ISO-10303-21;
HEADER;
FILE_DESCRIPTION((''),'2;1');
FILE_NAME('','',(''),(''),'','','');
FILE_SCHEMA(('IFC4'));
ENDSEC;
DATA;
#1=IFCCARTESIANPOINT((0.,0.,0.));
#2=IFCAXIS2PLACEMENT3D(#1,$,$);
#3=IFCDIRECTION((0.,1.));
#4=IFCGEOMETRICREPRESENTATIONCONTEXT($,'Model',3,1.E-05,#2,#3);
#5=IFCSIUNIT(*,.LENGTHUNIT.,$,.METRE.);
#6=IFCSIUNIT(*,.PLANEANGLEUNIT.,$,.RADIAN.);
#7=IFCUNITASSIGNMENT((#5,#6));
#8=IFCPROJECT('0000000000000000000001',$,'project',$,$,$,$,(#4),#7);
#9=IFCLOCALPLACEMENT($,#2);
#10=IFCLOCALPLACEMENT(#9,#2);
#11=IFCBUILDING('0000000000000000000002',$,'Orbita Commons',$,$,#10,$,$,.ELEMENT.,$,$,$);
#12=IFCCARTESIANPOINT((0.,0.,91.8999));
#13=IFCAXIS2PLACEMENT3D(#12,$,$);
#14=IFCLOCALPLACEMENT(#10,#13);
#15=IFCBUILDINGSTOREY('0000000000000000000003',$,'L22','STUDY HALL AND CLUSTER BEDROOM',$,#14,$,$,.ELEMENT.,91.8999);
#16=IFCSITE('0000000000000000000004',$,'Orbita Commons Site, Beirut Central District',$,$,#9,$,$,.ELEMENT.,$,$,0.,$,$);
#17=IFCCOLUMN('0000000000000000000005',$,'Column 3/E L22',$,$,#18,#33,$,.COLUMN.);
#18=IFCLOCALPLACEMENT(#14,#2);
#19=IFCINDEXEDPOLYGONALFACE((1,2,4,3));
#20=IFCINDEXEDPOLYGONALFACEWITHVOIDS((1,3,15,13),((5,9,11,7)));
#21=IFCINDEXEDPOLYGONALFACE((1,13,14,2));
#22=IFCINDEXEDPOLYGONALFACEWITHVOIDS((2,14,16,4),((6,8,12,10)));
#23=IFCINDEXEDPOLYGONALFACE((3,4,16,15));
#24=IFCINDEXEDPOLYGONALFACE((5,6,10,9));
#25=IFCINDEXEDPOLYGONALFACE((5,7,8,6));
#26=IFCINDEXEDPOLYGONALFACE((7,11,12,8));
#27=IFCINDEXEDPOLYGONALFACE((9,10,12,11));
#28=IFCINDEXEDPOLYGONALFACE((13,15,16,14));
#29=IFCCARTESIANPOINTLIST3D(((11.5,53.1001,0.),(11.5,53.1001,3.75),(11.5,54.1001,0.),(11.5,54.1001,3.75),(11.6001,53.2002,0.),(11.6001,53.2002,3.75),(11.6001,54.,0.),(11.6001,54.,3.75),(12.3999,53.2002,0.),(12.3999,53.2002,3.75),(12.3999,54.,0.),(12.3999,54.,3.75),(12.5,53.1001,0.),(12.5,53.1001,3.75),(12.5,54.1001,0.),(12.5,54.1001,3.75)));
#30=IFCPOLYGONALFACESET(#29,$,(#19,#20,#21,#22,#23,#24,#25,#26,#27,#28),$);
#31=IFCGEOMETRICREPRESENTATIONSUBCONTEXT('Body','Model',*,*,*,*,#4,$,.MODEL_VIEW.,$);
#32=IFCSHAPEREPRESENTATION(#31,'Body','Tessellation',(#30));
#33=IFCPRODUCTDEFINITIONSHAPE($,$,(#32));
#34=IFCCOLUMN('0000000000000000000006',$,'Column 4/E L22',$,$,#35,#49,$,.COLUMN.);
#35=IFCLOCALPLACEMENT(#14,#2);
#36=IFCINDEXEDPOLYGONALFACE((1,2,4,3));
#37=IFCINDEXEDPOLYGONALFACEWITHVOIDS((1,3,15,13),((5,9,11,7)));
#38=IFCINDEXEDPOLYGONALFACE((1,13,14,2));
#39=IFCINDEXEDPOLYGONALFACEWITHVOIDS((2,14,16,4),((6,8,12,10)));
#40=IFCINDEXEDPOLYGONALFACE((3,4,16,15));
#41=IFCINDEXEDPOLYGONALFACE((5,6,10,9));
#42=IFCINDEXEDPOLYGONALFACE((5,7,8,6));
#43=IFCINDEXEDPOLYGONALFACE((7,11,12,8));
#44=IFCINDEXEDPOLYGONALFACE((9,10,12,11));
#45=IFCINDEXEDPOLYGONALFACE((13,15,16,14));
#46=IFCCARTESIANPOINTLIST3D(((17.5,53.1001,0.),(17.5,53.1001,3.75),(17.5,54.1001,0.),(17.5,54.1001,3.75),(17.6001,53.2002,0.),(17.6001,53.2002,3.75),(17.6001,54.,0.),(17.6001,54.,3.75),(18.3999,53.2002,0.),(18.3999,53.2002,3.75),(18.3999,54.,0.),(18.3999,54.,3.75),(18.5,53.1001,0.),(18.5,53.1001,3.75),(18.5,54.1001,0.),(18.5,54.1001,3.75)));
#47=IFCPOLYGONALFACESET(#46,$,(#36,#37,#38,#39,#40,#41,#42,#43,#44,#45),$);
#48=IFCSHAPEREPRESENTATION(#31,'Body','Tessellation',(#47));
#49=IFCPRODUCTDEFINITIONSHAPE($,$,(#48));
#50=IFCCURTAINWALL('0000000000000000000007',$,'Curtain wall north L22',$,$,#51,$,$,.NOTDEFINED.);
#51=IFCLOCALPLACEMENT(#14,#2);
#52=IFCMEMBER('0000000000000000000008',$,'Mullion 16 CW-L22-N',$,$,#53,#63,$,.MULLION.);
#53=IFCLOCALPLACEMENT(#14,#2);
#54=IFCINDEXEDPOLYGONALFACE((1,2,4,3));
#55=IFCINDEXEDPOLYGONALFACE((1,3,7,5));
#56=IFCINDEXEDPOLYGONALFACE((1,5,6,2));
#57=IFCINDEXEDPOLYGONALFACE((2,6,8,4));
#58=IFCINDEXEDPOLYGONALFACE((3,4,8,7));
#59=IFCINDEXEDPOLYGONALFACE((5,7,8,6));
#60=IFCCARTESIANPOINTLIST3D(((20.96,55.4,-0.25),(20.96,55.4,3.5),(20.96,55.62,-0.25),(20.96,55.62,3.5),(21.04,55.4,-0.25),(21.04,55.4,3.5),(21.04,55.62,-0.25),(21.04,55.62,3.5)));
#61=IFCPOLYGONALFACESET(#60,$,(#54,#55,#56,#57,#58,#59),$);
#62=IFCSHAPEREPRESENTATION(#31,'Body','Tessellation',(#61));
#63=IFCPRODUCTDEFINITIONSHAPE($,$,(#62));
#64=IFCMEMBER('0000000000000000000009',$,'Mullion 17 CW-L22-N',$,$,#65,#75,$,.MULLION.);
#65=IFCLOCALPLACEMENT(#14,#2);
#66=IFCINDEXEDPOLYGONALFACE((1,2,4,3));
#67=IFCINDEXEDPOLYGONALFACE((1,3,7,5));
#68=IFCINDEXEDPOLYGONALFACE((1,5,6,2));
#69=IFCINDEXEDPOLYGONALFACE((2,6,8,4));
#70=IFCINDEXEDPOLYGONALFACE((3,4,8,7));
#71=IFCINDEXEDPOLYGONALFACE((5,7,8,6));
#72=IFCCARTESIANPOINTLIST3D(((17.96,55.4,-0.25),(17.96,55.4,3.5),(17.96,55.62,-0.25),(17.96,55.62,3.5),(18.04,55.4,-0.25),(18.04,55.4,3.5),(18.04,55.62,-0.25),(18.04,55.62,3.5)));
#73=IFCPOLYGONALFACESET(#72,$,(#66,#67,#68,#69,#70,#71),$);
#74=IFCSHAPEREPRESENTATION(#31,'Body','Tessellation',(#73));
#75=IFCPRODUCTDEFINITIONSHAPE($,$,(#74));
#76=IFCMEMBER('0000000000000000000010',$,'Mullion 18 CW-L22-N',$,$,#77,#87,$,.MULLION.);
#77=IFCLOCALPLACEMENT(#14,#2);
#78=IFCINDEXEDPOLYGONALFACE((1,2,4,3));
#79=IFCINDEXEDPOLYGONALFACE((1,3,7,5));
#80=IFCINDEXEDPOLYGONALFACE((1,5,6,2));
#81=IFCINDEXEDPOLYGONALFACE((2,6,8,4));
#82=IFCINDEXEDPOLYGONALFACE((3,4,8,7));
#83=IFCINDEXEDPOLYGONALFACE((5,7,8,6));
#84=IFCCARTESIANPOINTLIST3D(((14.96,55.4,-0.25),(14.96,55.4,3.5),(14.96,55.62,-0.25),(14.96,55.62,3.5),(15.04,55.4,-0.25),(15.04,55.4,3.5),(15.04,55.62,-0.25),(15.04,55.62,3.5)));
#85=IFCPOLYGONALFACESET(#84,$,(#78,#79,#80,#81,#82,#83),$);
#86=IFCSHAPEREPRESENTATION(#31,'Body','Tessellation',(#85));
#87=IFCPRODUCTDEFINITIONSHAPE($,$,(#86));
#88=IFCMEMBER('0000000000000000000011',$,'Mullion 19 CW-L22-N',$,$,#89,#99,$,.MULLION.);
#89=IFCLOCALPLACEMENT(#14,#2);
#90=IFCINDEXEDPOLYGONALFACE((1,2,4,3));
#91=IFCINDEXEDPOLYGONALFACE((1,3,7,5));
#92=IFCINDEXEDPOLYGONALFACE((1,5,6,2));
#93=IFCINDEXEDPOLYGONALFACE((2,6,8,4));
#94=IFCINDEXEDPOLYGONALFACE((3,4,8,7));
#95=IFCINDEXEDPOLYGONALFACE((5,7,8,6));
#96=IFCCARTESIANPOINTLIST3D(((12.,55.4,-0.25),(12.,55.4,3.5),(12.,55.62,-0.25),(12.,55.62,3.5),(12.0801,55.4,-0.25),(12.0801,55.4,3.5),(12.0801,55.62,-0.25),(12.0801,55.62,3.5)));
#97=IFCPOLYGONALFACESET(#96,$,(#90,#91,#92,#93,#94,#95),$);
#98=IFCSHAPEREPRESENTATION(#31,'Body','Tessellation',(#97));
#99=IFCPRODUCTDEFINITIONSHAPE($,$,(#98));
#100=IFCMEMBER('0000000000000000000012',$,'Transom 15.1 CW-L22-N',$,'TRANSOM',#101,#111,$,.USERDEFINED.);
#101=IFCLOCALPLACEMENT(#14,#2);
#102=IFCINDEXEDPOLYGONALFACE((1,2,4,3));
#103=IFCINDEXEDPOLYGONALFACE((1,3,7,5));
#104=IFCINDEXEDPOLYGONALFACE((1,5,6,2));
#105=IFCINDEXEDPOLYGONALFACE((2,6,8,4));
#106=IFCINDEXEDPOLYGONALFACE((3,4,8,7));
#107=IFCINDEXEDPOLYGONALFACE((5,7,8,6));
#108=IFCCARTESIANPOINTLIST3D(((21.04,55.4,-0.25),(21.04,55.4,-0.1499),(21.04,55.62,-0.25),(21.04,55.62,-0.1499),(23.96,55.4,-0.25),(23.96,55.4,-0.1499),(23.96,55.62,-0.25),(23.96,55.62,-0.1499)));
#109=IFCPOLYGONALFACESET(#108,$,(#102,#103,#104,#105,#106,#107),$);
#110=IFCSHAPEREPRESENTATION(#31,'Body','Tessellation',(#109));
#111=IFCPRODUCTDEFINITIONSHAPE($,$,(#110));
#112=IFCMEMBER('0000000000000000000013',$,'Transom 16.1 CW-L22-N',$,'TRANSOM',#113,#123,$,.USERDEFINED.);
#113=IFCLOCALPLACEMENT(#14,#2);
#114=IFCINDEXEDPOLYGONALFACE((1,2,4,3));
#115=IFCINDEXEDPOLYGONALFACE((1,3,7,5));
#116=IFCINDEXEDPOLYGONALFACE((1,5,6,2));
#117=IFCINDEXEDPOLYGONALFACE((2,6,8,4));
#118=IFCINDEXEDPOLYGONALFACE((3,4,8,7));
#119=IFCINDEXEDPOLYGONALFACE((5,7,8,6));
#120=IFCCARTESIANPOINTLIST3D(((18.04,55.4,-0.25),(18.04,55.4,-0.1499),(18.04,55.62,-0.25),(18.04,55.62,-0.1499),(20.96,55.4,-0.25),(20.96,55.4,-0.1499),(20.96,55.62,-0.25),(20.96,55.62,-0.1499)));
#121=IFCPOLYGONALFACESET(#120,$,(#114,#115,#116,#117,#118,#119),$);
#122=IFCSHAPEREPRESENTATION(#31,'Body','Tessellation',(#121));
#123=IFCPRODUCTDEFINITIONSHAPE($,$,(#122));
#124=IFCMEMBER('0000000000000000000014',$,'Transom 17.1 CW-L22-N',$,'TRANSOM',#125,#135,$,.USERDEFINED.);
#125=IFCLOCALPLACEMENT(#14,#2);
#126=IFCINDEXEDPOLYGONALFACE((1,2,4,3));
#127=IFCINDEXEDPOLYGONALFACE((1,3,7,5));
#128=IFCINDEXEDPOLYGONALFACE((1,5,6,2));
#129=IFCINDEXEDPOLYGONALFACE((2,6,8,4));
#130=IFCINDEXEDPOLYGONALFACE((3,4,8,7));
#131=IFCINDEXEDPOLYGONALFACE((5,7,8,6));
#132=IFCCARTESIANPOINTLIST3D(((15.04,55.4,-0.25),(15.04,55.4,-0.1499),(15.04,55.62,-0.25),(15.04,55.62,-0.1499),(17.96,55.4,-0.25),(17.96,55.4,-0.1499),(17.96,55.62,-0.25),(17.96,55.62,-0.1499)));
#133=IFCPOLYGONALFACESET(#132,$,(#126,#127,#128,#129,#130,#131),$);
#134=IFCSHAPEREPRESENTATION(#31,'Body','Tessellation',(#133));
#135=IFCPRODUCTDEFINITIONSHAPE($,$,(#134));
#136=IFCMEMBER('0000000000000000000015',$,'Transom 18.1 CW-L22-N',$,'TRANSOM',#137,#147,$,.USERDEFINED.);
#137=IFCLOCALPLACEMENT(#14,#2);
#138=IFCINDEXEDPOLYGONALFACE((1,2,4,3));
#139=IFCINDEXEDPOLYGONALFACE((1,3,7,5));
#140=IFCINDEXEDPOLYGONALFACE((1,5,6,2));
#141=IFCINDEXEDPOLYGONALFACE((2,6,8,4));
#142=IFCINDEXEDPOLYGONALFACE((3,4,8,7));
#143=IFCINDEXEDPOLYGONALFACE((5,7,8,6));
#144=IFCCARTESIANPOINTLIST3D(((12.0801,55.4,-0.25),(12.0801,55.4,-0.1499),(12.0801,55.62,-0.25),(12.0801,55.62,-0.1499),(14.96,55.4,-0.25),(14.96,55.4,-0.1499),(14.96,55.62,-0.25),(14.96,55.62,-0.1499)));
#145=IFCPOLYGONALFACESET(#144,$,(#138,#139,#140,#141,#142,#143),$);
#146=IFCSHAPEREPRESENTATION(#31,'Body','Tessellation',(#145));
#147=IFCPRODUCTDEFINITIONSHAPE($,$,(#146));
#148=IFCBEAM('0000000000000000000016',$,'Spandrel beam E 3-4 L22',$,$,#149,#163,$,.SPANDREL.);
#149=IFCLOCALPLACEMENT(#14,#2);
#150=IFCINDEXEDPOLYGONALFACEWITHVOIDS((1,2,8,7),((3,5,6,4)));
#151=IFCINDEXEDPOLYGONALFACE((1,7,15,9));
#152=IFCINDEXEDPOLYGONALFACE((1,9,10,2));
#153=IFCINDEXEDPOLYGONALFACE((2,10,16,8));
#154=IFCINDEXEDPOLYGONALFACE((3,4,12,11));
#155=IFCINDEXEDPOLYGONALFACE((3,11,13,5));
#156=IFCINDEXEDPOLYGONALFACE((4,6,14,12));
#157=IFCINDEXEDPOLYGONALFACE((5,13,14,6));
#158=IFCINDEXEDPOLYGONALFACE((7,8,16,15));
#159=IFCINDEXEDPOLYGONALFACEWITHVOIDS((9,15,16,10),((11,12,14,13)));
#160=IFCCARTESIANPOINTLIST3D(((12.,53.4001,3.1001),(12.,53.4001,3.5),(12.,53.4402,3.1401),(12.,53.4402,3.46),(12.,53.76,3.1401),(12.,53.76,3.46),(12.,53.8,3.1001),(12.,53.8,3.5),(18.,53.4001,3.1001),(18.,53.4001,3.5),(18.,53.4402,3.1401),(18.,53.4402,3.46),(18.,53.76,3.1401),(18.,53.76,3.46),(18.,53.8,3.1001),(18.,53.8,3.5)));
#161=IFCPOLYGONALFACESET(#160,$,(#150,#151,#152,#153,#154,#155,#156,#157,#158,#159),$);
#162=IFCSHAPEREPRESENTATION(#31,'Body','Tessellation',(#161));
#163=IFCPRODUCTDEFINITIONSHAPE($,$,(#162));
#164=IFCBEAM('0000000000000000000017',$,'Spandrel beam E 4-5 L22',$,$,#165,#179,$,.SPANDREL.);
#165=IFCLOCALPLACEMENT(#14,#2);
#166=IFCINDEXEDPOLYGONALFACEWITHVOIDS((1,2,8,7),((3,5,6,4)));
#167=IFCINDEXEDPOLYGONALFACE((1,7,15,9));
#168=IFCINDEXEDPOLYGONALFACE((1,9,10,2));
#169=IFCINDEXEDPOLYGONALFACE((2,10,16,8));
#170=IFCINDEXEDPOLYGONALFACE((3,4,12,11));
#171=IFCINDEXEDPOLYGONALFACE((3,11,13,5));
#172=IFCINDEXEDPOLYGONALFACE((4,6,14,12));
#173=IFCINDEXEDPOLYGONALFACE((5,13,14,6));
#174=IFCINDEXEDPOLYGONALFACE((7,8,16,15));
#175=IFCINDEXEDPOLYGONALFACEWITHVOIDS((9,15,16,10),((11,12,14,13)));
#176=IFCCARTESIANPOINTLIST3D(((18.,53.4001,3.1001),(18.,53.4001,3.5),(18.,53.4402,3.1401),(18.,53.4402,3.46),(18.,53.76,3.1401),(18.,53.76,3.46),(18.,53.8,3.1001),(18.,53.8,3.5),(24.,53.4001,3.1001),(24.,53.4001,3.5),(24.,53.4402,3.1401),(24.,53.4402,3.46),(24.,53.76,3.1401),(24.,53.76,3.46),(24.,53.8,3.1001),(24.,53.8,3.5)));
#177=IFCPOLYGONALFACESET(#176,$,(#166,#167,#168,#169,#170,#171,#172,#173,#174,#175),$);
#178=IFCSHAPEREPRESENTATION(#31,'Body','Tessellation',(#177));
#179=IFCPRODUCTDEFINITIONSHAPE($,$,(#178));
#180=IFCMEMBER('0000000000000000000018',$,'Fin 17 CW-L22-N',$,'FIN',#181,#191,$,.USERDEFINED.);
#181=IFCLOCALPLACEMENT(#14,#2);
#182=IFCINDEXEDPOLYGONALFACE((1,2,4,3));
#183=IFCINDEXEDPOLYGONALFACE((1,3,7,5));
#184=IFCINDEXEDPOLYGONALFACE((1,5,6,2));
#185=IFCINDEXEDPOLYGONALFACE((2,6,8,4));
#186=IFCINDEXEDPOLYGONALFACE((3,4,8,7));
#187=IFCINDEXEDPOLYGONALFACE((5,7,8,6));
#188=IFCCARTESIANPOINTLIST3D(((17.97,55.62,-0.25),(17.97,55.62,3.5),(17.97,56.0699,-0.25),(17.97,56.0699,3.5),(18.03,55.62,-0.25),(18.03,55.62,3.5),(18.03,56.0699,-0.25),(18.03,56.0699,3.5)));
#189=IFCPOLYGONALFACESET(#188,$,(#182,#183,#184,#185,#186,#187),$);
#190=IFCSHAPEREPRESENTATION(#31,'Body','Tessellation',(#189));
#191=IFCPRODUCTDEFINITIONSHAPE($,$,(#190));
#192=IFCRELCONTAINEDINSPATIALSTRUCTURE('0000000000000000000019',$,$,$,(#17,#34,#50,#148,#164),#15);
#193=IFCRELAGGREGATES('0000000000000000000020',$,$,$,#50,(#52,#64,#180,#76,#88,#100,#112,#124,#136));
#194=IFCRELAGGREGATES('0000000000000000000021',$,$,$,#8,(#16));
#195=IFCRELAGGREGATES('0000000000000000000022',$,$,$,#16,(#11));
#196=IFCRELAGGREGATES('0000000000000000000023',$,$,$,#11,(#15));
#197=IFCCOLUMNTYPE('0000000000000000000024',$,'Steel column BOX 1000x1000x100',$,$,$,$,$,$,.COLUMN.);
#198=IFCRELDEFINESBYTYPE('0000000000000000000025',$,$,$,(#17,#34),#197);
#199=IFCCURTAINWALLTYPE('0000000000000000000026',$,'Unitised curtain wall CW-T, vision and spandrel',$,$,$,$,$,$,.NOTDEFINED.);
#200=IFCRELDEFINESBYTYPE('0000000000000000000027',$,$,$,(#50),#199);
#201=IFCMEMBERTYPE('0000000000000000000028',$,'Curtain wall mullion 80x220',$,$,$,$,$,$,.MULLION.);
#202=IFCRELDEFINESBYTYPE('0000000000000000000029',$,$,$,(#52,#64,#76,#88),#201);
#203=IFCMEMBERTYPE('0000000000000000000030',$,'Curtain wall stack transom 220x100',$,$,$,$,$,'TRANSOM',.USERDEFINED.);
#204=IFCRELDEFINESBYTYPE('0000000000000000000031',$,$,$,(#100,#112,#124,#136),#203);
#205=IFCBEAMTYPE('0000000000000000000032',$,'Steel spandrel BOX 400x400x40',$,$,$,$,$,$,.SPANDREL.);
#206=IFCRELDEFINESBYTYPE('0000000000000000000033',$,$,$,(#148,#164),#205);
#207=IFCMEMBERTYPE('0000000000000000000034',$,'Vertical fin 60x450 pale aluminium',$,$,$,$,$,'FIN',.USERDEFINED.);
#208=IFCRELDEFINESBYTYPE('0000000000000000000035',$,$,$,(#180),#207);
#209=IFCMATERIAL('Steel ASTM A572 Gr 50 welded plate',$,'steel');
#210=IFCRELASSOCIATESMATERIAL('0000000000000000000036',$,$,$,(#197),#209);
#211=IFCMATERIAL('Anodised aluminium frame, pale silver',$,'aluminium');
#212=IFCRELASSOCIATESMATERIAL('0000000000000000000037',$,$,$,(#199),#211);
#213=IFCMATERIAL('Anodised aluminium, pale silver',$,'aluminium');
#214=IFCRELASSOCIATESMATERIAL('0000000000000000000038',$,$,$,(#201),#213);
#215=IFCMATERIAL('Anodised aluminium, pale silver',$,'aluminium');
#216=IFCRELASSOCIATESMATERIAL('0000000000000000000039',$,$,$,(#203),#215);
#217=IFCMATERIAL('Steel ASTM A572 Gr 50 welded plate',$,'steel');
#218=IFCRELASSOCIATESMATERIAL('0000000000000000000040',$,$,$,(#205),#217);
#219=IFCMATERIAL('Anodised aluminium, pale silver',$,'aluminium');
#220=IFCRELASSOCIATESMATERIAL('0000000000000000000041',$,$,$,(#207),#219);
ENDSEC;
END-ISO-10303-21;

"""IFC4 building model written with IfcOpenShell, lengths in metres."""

from ifc_helpers import new_model, si_unit, direction, frame, origin, origin_2d, place, context, subcontext, project, spatial, rectangle, hollow_rectangle, extrude, material, material_profile, profile_set, type_object, element, aggregate, save


model = new_model("IFC4")

# Units and contexts
model_context = context("Model", 3, precision=1e-05, world=origin(), true_north=direction((0.0, 1.0)))
body_context = subcontext(model_context, "Body", "Model", "MODEL_VIEW")
ifc_project = project(units=[si_unit("LENGTHUNIT", "METRE"), si_unit("PLANEANGLEUNIT", "RADIAN")], contexts=[model_context])

# Site, building, storey
site_placement = place(None, origin())
site = spatial("IfcSite", under=ifc_project, at=site_placement, Name="Orbita Commons Site, Beirut Central District", CompositionType="ELEMENT", RefElevation=0.0)
building_placement = place(site_placement, origin())
building = spatial("IfcBuilding", under=site, at=building_placement, Name="Orbita Commons", CompositionType="ELEMENT")
storey_placement = place(building_placement, frame((0.0, 0.0, 91.8999)))
storey = spatial("IfcBuildingStorey", under=building, at=storey_placement, Name="L22", Description="STUDY HALL AND CLUSTER BEDROOM", CompositionType="ELEMENT", Elevation=91.8999)

# Columns
ifc_material_1 = material(Name="Steel ASTM A572 Gr 50 welded plate", Category="steel")
ifc_material_profile_1 = material_profile(ifc_material_1, hollow_rectangle(XDim=1.0, YDim=1.0, WallThickness=0.1001, at=origin_2d()), Name="BOX 1000x1000x100")
ifc_profile_set_1 = profile_set([ifc_material_profile_1], Name="Steel ASTM A572 Gr 50 welded plate")
column_type = type_object("IfcColumnType", Name="Steel column BOX 1000x1000x100", PredefinedType="COLUMN", material=ifc_profile_set_1)
for number, where, z_axis, x_axis, name in (
    (1, (12.0, 53.6001, 0.0), (0.0, 0.0, 1.0), (1.0, 0.0, 0.0), "Column 3/E L22"),
    (2, (18.0, 53.6001, 0.0), (0.0, 0.0, 1.0), (1.0, 0.0, 0.0), "Column 4/E L22"),
):
    element("IfcColumn", number, at=place(storey_placement, frame(where, z_axis=z_axis, x_axis=x_axis)), inside=storey, type_object=column_type, Name=name, PredefinedType="COLUMN", context=body_context, shape_type="SweptSolid", body=[
        extrude(hollow_rectangle(XDim=1.0, YDim=1.0, WallThickness=0.1001, at=origin_2d()), origin(), (0.0, 0.0, 1.0), 3.75),
    ])

# Curtain wall, members
ifc_material_2 = material(Name="Anodised aluminium frame, pale silver", Category="aluminium")
curtain_wall_type = type_object("IfcCurtainWallType", Name="Unitised curtain wall CW-T, vision and spandrel", PredefinedType="NOTDEFINED", material=ifc_material_2)
curtain_wall_placement = place(storey_placement, origin())
curtain_wall = element("IfcCurtainWall", 3, at=curtain_wall_placement, inside=storey, type_object=curtain_wall_type, Name="Curtain wall north L22", PredefinedType="NOTDEFINED")
ifc_material_3 = material(Name="Anodised aluminium, pale silver", Category="aluminium")
ifc_material_profile_2 = material_profile(ifc_material_3, rectangle(XDim=0.0801, YDim=0.22, at=origin_2d()), Name="AL 80x220")
ifc_profile_set_2 = profile_set([ifc_material_profile_2], Name="Anodised aluminium, pale silver")
member_type_1 = type_object("IfcMemberType", Name="Curtain wall mullion 80x220", PredefinedType="MULLION", material=ifc_profile_set_2)
member_1_placement = place(storey_placement, frame((21.0, 55.51, -0.25), z_axis=(0.0, 0.0, 1.0), x_axis=(-1.0, 0.0, 0.0)))
member_1 = element("IfcMember", 4, at=member_1_placement, type_object=member_type_1, Name="Mullion 16 CW-L22-N", PredefinedType="MULLION", context=body_context, shape_type="SweptSolid", body=[
    extrude(rectangle(XDim=0.0801, YDim=0.22, at=origin_2d()), origin(), (0.0, 0.0, 1.0), 3.75),
])
member_2_placement = place(storey_placement, frame((18.0, 55.51, -0.25), z_axis=(0.0, 0.0, 1.0), x_axis=(-1.0, 0.0, 0.0)))
member_2 = element("IfcMember", 5, at=member_2_placement, type_object=member_type_1, Name="Mullion 17 CW-L22-N", PredefinedType="MULLION", context=body_context, shape_type="SweptSolid", body=[
    extrude(rectangle(XDim=0.0801, YDim=0.22, at=origin_2d()), origin(), (0.0, 0.0, 1.0), 3.75),
])
member_3_placement = place(storey_placement, frame((15.0, 55.51, -0.25), z_axis=(0.0, 0.0, 1.0), x_axis=(-1.0, 0.0, 0.0)))
member_3 = element("IfcMember", 6, at=member_3_placement, type_object=member_type_1, Name="Mullion 18 CW-L22-N", PredefinedType="MULLION", context=body_context, shape_type="SweptSolid", body=[
    extrude(rectangle(XDim=0.0801, YDim=0.22, at=origin_2d()), origin(), (0.0, 0.0, 1.0), 3.75),
])
member_4_placement = place(storey_placement, frame((12.04, 55.51, -0.25), z_axis=(0.0, 0.0, 1.0), x_axis=(-1.0, 0.0, 0.0)))
member_4 = element("IfcMember", 7, at=member_4_placement, type_object=member_type_1, Name="Mullion 19 CW-L22-N", PredefinedType="MULLION", context=body_context, shape_type="SweptSolid", body=[
    extrude(rectangle(XDim=0.0801, YDim=0.22, at=origin_2d()), origin(), (0.0, 0.0, 1.0), 3.75),
])
ifc_material_4 = material(Name="Anodised aluminium, pale silver", Category="aluminium")
ifc_material_profile_3 = material_profile(ifc_material_4, rectangle(XDim=0.22, YDim=0.1001, at=origin_2d()), Name="AL 220x100")
ifc_profile_set_3 = profile_set([ifc_material_profile_3], Name="Anodised aluminium, pale silver")
member_type_2 = type_object("IfcMemberType", Name="Curtain wall stack transom 220x100", ElementType="TRANSOM", PredefinedType="USERDEFINED", material=ifc_profile_set_3)
member_5_placement = place(storey_placement, frame((23.96, 55.51, -0.2), z_axis=(-1.0, 0.0, 0.0), x_axis=(0.0, -1.0, 0.0)))
member_5 = element("IfcMember", 8, at=member_5_placement, type_object=member_type_2, Name="Transom 15.1 CW-L22-N", ObjectType="TRANSOM", PredefinedType="USERDEFINED", context=body_context, shape_type="SweptSolid", body=[
    extrude(rectangle(XDim=0.22, YDim=0.1001, at=origin_2d()), origin(), (0.0, 0.0, 1.0), 2.9199),
])
member_6_placement = place(storey_placement, frame((20.96, 55.51, -0.2), z_axis=(-1.0, 0.0, 0.0), x_axis=(0.0, -1.0, 0.0)))
member_6 = element("IfcMember", 9, at=member_6_placement, type_object=member_type_2, Name="Transom 16.1 CW-L22-N", ObjectType="TRANSOM", PredefinedType="USERDEFINED", context=body_context, shape_type="SweptSolid", body=[
    extrude(rectangle(XDim=0.22, YDim=0.1001, at=origin_2d()), origin(), (0.0, 0.0, 1.0), 2.9199),
])
member_7_placement = place(storey_placement, frame((17.96, 55.51, -0.2), z_axis=(-1.0, 0.0, 0.0), x_axis=(0.0, -1.0, 0.0)))
member_7 = element("IfcMember", 10, at=member_7_placement, type_object=member_type_2, Name="Transom 17.1 CW-L22-N", ObjectType="TRANSOM", PredefinedType="USERDEFINED", context=body_context, shape_type="SweptSolid", body=[
    extrude(rectangle(XDim=0.22, YDim=0.1001, at=origin_2d()), origin(), (0.0, 0.0, 1.0), 2.9199),
])
member_8_placement = place(storey_placement, frame((14.96, 55.51, -0.2), z_axis=(-1.0, 0.0, 0.0), x_axis=(0.0, -1.0, 0.0)))
member_8 = element("IfcMember", 11, at=member_8_placement, type_object=member_type_2, Name="Transom 18.1 CW-L22-N", ObjectType="TRANSOM", PredefinedType="USERDEFINED", context=body_context, shape_type="SweptSolid", body=[
    extrude(rectangle(XDim=0.22, YDim=0.1001, at=origin_2d()), origin(), (0.0, 0.0, 1.0), 2.8799),
])

# Beams
ifc_material_5 = material(Name="Steel ASTM A572 Gr 50 welded plate", Category="steel")
ifc_material_profile_4 = material_profile(ifc_material_5, hollow_rectangle(XDim=0.3999, YDim=0.3999, WallThickness=0.04, at=origin_2d()), Name="BOX 400x400x40")
ifc_profile_set_4 = profile_set([ifc_material_profile_4], Name="Steel ASTM A572 Gr 50 welded plate")
beam_type = type_object("IfcBeamType", Name="Steel spandrel BOX 400x400x40", PredefinedType="SPANDREL", material=ifc_profile_set_4)
for number, where, z_axis, x_axis, name in (
    (12, (12.0, 53.6001, 3.3), (1.0, 0.0, 0.0), (0.0, 1.0, 0.0), "Spandrel beam E 3-4 L22"),
    (13, (18.0, 53.6001, 3.3), (1.0, 0.0, 0.0), (0.0, 1.0, 0.0), "Spandrel beam E 4-5 L22"),
):
    element("IfcBeam", number, at=place(storey_placement, frame(where, z_axis=z_axis, x_axis=x_axis)), inside=storey, type_object=beam_type, Name=name, PredefinedType="SPANDREL", context=body_context, shape_type="SweptSolid", body=[
        extrude(hollow_rectangle(XDim=0.3999, YDim=0.3999, WallThickness=0.04, at=origin_2d()), origin(), (0.0, 0.0, 1.0), 6.0),
    ])

# Member
ifc_material_6 = material(Name="Anodised aluminium, pale silver", Category="aluminium")
ifc_material_profile_5 = material_profile(ifc_material_6, rectangle(XDim=0.0601, YDim=0.45, at=origin_2d()), Name="FIN 60x450")
ifc_profile_set_5 = profile_set([ifc_material_profile_5], Name="Anodised aluminium, pale silver")
member_type_3 = type_object("IfcMemberType", Name="Vertical fin 60x450 pale aluminium", ElementType="FIN", PredefinedType="USERDEFINED", material=ifc_profile_set_5)
member_9_placement = place(storey_placement, frame((18.0, 55.845, -0.25), z_axis=(0.0, 0.0, 1.0), x_axis=(-1.0, 0.0, 0.0)))
member_9 = element("IfcMember", 14, at=member_9_placement, type_object=member_type_3, Name="Fin 17 CW-L22-N", ObjectType="FIN", PredefinedType="USERDEFINED", context=body_context, shape_type="SweptSolid", body=[
    extrude(rectangle(XDim=0.0601, YDim=0.45, at=origin_2d()), origin(), (0.0, 0.0, 1.0), 3.75),
])

aggregate(curtain_wall, [member_1, member_2, member_9, member_3, member_4, member_5, member_6, member_7, member_8])

save(model, "model.ifc")
